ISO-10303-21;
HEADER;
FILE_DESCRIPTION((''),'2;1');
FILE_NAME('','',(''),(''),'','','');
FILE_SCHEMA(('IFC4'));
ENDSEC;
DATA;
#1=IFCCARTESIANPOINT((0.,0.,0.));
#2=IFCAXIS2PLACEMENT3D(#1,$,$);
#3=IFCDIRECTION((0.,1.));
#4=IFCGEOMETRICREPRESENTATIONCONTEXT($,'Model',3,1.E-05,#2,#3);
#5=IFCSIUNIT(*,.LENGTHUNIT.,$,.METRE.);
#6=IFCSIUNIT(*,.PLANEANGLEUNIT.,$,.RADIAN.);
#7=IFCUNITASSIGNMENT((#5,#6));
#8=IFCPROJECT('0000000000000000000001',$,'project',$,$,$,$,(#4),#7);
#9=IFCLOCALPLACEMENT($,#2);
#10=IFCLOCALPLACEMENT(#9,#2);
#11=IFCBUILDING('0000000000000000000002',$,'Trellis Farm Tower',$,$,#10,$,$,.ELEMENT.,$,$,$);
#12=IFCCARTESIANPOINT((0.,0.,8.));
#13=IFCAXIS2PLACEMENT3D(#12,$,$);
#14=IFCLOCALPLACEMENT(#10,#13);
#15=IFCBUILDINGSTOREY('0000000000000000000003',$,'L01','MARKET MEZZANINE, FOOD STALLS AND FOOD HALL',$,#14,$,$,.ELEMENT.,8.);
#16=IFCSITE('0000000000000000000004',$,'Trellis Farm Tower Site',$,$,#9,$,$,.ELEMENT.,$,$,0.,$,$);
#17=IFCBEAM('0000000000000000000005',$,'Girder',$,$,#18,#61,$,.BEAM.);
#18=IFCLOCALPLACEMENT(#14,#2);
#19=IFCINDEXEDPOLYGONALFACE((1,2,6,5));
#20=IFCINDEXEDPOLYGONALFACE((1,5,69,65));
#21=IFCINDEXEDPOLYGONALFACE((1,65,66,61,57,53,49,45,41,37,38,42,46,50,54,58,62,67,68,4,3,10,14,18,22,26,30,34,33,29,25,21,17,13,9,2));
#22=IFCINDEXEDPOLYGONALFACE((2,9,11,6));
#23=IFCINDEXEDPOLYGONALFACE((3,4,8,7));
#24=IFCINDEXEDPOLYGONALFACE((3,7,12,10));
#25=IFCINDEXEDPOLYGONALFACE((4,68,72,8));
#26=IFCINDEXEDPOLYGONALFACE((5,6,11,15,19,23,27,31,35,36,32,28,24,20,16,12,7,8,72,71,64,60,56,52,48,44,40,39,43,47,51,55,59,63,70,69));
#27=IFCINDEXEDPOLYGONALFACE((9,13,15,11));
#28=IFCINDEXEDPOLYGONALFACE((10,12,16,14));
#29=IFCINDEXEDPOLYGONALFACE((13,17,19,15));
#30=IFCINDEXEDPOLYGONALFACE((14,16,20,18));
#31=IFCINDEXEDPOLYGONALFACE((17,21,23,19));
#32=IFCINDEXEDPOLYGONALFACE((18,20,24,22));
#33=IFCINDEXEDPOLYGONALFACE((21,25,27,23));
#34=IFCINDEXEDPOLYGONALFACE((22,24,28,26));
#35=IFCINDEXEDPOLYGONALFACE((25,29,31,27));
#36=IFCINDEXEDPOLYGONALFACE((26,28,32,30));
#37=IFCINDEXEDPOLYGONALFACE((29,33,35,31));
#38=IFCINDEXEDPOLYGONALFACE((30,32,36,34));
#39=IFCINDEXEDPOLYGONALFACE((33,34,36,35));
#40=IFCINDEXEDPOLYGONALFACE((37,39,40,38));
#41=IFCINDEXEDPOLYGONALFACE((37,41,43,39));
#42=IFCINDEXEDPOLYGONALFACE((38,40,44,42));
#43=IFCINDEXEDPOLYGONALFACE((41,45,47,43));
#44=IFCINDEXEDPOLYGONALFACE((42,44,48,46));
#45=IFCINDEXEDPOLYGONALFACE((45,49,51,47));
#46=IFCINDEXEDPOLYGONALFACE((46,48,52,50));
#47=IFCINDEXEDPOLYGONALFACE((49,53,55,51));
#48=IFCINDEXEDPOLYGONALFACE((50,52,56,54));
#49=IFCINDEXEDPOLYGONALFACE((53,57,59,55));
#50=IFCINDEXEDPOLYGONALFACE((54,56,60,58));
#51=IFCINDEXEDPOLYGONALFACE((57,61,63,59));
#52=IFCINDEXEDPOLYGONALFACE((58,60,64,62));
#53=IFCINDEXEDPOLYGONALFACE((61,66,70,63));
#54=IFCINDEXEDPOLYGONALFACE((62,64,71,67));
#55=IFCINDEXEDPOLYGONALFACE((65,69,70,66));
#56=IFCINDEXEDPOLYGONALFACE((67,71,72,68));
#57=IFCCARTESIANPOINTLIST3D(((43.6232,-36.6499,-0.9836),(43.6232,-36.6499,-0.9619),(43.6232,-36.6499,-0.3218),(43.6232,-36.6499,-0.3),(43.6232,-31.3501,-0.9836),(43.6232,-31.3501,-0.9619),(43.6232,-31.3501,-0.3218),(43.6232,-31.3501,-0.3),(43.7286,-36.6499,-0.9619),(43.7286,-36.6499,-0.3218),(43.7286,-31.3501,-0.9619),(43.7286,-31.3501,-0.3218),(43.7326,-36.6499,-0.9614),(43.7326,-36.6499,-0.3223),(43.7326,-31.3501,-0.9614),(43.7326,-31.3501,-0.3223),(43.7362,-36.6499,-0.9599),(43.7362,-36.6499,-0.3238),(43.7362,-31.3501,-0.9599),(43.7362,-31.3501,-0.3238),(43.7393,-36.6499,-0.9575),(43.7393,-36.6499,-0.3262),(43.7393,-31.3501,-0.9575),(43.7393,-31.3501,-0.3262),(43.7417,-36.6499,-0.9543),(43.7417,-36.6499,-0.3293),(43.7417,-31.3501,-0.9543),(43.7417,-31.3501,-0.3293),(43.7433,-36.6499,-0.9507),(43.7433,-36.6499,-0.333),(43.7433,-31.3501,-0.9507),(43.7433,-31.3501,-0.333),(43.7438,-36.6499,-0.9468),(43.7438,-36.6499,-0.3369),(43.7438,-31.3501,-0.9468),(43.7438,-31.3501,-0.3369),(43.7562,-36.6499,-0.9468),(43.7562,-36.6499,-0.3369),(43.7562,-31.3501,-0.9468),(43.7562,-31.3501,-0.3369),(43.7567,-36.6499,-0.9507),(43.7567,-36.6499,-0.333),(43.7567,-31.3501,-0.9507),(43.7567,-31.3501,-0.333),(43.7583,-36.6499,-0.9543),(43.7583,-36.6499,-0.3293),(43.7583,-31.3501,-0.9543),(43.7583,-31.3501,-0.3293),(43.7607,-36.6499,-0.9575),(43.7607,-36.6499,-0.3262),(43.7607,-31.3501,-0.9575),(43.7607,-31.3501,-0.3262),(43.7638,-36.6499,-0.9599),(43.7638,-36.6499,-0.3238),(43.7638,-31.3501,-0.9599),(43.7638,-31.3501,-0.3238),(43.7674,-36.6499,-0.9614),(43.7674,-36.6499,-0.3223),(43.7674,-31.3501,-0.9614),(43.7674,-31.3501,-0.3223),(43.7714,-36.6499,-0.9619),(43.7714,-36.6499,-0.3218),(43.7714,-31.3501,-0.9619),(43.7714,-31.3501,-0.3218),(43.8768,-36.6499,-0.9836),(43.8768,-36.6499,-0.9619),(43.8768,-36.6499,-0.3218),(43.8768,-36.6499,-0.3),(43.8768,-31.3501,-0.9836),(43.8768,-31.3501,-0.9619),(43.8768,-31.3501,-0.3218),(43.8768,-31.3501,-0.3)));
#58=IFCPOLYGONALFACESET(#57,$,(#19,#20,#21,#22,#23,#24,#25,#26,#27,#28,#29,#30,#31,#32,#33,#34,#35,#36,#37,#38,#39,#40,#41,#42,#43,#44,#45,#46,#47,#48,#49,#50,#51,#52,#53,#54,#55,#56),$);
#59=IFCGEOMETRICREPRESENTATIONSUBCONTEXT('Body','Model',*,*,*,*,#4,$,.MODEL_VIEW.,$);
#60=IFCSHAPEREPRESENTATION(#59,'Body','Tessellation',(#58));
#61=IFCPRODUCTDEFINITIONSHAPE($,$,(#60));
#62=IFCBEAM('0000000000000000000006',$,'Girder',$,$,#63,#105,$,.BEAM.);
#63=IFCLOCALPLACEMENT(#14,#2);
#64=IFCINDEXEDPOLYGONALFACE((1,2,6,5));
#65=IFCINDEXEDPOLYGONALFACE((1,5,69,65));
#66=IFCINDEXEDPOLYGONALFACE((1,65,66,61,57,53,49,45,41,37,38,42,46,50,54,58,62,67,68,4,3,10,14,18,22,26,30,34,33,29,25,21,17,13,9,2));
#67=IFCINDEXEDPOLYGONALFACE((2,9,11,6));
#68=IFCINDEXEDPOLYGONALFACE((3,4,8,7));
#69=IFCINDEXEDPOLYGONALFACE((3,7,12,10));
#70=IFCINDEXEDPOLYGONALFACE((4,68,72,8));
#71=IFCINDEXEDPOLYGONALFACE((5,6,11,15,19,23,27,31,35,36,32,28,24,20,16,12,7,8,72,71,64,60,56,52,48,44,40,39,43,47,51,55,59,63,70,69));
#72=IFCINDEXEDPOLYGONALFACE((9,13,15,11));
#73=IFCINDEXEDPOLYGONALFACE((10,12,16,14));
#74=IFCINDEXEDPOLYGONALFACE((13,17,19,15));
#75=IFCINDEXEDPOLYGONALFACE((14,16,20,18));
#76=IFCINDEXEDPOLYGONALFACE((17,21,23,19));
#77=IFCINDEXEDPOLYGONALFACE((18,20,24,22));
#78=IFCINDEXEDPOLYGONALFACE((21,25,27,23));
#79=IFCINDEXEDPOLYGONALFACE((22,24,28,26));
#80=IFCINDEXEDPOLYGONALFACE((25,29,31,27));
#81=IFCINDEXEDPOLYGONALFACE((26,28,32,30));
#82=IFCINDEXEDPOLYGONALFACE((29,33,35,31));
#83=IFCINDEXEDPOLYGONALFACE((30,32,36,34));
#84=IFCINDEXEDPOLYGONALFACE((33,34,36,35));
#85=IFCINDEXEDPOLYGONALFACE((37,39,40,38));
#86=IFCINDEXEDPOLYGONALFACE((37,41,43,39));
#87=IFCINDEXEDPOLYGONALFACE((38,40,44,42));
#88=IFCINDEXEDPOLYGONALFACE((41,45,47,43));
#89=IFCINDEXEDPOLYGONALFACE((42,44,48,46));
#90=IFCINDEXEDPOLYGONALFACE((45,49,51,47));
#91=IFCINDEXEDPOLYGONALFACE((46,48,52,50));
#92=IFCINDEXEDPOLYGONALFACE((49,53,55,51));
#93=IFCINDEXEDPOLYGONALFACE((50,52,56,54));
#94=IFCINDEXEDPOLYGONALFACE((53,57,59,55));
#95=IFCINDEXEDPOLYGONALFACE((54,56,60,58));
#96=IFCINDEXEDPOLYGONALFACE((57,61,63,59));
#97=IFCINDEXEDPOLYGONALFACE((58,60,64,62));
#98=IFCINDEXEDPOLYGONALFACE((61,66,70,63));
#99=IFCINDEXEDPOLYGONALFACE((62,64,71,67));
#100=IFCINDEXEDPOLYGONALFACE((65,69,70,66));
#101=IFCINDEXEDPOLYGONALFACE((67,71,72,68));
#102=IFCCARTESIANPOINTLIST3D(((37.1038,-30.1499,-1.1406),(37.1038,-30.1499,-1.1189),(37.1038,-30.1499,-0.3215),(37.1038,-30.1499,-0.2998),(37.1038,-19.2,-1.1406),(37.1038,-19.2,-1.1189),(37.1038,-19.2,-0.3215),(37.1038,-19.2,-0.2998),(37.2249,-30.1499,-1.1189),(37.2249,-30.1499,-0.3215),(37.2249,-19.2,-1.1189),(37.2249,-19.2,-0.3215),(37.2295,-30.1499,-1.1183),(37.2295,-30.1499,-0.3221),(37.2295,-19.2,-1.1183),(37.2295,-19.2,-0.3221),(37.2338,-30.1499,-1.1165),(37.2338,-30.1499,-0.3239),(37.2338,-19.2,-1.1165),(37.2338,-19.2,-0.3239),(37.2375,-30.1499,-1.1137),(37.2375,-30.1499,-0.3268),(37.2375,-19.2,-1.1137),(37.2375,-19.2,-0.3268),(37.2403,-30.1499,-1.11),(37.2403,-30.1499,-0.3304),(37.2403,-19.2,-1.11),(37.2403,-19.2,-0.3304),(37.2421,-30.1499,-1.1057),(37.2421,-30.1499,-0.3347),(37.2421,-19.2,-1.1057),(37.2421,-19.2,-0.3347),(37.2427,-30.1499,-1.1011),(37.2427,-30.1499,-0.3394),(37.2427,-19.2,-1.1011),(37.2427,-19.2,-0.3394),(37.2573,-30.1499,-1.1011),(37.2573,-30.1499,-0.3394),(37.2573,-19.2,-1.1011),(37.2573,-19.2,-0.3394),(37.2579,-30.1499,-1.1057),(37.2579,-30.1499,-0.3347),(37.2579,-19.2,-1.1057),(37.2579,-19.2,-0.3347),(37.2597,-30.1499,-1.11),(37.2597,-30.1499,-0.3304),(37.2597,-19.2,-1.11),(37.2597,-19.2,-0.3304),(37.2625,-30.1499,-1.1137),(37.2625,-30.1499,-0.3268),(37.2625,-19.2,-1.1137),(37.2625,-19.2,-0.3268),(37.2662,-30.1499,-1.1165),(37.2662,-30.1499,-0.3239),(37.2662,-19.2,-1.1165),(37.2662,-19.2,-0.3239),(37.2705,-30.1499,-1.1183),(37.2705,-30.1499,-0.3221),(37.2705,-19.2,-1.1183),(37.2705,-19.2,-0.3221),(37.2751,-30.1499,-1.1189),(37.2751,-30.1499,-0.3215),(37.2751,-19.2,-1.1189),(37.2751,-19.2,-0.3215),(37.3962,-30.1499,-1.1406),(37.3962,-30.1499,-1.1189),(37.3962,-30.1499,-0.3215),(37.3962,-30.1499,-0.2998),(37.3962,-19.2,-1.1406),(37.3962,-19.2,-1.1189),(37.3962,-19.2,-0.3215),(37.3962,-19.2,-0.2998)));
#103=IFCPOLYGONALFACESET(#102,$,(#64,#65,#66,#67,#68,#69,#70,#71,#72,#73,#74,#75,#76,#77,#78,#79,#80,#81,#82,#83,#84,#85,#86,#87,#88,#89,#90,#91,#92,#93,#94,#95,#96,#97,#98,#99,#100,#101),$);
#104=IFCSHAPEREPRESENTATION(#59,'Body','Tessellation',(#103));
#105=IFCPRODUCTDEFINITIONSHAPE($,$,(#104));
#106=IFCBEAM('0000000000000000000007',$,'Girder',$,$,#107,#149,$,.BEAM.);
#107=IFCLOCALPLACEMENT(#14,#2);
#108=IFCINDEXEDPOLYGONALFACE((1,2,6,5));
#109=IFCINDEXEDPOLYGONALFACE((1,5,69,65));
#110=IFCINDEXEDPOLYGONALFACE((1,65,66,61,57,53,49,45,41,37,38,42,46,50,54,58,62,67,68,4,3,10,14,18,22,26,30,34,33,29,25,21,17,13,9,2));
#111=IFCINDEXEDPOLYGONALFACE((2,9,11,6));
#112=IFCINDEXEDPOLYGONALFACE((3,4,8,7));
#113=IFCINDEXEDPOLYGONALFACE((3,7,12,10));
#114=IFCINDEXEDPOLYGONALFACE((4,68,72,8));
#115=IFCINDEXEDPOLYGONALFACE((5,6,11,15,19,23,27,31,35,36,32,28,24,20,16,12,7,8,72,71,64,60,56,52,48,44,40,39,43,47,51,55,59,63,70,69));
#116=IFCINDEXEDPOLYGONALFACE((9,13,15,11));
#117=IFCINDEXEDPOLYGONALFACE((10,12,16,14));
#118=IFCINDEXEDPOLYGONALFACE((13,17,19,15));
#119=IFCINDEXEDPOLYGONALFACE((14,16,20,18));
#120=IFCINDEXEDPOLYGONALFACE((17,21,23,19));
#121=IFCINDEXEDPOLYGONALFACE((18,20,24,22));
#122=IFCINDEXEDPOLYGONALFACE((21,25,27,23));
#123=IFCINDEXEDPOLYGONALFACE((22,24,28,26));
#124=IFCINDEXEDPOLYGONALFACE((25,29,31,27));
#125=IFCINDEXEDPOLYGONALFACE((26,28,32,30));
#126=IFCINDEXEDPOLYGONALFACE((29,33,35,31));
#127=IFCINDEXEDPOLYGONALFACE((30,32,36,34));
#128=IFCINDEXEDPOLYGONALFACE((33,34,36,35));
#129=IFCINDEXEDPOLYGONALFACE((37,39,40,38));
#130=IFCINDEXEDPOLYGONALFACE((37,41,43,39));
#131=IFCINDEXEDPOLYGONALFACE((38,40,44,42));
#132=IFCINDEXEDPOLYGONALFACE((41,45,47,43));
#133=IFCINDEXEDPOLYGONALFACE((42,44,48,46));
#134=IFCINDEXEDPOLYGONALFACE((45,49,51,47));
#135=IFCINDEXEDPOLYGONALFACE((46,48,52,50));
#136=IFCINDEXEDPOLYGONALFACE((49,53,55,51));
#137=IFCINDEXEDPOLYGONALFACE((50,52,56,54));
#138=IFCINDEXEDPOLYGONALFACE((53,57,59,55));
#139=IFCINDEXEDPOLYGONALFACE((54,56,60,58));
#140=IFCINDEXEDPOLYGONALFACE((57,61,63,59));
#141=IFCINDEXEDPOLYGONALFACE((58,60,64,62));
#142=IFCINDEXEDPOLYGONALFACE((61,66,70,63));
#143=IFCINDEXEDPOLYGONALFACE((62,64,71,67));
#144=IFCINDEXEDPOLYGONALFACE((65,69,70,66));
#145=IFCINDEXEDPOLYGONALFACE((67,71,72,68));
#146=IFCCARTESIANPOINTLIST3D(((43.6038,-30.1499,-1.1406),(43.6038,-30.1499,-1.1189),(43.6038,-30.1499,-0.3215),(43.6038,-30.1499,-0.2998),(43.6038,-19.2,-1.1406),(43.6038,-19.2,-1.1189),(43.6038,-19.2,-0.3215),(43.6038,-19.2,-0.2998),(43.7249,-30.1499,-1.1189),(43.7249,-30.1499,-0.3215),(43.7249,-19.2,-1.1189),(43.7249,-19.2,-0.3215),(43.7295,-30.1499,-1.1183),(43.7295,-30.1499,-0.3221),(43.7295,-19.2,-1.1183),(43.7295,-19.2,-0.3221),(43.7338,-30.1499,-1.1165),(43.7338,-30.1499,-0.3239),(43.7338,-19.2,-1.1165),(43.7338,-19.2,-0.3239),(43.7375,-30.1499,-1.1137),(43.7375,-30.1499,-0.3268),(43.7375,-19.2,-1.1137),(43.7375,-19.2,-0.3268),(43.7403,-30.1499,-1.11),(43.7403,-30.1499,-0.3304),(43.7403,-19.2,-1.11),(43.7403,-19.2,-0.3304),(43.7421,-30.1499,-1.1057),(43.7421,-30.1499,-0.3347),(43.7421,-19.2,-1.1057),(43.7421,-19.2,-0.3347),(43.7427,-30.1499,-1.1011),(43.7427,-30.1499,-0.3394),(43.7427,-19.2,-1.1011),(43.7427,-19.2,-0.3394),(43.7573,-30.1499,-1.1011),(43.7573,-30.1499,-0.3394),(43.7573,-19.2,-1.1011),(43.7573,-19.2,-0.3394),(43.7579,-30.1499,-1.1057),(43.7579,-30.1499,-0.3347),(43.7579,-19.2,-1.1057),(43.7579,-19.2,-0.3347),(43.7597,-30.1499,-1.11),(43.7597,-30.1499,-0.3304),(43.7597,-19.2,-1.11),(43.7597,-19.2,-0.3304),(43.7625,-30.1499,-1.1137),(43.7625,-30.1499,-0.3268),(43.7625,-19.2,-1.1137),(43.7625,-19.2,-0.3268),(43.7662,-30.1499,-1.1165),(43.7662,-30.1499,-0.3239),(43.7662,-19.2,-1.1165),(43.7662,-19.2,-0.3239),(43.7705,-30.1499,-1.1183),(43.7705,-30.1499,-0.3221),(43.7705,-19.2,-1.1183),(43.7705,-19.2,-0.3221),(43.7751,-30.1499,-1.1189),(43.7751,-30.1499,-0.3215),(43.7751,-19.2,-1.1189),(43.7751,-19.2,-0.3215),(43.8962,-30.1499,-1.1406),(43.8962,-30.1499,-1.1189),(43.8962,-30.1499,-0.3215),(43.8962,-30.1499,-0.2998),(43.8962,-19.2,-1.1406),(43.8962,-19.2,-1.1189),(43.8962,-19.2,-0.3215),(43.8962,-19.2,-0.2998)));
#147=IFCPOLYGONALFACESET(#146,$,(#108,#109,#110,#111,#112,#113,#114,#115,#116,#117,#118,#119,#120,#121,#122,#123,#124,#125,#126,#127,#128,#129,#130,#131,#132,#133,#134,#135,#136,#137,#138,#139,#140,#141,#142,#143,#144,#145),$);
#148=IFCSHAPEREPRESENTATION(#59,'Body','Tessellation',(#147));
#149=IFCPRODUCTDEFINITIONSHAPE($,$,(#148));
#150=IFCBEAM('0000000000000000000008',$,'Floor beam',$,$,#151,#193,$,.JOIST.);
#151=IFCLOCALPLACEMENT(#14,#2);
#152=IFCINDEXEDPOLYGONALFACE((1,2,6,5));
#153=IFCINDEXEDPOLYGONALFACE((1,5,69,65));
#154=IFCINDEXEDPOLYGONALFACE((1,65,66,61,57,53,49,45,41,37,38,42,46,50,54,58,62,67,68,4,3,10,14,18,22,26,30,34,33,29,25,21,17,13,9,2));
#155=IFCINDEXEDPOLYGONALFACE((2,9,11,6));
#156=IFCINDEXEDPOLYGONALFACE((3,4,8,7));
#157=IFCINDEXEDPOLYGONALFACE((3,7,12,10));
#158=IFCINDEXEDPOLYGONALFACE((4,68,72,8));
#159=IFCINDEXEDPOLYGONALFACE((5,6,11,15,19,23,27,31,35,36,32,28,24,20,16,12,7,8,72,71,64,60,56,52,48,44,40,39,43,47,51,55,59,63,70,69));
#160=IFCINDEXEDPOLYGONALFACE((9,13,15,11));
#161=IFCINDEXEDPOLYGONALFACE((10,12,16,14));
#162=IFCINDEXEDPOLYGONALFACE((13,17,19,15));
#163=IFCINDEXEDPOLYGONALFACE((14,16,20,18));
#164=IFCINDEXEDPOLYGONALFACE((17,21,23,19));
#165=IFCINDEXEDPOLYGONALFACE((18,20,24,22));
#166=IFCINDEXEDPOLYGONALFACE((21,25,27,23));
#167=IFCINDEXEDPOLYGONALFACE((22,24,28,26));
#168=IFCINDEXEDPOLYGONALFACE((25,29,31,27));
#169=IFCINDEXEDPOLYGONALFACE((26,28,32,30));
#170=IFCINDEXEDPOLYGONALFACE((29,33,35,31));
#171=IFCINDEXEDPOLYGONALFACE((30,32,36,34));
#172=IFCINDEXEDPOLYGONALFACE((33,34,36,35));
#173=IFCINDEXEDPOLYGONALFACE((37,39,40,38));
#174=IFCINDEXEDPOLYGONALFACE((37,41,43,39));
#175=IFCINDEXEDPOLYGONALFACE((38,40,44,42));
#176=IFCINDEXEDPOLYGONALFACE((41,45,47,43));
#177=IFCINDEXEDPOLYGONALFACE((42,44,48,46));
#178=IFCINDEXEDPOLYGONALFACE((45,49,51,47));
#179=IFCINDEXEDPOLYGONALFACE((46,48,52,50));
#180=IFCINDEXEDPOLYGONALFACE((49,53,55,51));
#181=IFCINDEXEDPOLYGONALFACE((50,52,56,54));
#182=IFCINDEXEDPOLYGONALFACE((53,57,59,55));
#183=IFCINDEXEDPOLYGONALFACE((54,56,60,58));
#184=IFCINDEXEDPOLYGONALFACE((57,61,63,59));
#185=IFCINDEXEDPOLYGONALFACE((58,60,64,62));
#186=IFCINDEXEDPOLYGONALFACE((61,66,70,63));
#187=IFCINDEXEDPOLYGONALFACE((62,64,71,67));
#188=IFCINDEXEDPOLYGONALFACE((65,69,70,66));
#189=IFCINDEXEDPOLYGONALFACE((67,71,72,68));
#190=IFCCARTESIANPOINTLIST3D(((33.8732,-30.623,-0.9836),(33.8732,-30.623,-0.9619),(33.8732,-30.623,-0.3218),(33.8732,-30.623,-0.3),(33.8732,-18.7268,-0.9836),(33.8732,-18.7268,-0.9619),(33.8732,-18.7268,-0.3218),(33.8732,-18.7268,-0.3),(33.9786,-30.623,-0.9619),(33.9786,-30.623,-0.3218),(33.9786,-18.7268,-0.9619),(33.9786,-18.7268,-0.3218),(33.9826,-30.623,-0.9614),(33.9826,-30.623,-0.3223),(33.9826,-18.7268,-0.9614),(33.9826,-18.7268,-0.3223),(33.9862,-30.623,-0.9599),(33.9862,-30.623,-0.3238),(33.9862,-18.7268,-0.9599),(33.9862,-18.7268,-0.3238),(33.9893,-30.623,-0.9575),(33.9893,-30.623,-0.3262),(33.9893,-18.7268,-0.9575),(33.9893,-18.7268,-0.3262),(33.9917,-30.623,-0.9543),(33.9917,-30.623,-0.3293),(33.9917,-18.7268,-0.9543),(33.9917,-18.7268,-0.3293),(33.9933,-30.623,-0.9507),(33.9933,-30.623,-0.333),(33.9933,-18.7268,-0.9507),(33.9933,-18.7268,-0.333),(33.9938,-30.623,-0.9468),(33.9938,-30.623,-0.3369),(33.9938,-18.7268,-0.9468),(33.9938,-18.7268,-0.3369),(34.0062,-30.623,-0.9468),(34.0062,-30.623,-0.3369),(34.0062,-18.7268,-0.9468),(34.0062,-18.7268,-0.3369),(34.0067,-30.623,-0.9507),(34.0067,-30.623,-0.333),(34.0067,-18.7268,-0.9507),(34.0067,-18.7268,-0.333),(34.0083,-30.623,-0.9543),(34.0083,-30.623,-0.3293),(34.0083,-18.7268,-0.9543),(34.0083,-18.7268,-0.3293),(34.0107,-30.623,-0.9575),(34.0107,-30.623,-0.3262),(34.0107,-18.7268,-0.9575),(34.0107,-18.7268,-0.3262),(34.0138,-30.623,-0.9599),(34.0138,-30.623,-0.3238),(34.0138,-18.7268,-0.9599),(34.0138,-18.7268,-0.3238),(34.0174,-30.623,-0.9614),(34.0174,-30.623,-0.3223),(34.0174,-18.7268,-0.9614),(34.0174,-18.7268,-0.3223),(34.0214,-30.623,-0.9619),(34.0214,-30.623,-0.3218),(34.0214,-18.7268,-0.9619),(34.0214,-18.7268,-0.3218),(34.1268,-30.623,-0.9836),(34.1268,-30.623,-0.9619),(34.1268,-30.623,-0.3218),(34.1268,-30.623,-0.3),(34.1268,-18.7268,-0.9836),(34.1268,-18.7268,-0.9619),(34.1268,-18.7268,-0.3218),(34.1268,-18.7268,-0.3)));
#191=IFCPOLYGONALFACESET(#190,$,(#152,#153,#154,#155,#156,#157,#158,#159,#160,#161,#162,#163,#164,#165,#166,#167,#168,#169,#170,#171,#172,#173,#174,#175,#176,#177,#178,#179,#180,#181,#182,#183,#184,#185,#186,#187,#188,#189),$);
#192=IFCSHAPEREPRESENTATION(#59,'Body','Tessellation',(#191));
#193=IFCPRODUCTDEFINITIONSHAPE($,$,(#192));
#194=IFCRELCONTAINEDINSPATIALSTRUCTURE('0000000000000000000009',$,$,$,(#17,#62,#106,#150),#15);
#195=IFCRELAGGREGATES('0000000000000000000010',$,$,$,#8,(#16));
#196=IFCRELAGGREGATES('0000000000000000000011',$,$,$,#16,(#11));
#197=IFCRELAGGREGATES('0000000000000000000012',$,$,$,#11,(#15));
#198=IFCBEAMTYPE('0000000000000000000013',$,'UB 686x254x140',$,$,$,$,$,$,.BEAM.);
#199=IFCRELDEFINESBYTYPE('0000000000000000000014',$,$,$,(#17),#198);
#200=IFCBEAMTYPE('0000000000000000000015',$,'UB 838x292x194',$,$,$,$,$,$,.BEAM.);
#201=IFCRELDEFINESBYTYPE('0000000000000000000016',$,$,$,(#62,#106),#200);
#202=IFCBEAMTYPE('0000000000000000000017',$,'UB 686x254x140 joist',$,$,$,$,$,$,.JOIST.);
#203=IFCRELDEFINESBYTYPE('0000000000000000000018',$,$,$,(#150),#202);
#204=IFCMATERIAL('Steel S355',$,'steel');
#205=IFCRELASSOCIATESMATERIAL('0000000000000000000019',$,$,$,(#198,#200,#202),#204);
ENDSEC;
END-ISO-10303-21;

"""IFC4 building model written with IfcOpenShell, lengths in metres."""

from ifc_helpers import new_model, si_unit, direction, frame, origin, origin_2d, place, context, subcontext, project, spatial, i_section, extrude, source, transform, mapped, material, material_profile, profile_set, type_object, element, save


model = new_model("IFC4")

# Units and contexts
model_context = context("Model", 3, precision=1e-05, world=origin(), true_north=direction((0.0, 1.0)))
body_context = subcontext(model_context, "Body", "Model", "MODEL_VIEW")
ifc_project = project(units=[si_unit("LENGTHUNIT", "METRE"), si_unit("PLANEANGLEUNIT", "RADIAN")], contexts=[model_context])

# Site, building, storey
site_placement = place(None, origin())
site = spatial("IfcSite", under=ifc_project, at=site_placement, Name="Trellis Farm Tower Site", CompositionType="ELEMENT", RefElevation=0.0)
building_placement = place(site_placement, origin())
building = spatial("IfcBuilding", under=site, at=building_placement, Name="Trellis Farm Tower", CompositionType="ELEMENT")
storey_placement = place(building_placement, frame((0.0, 0.0, 8.0)))
storey = spatial("IfcBuildingStorey", under=building, at=storey_placement, Name="L01", Description="MARKET MEZZANINE, FOOD STALLS AND FOOD HALL", CompositionType="ELEMENT", Elevation=8.0)

# Beams
ifc_material_1 = material(Name="Steel S355", Category="steel")
ifc_material_profile_1 = material_profile(ifc_material_1, i_section(OverallWidth=0.2537, OverallDepth=0.6836, WebThickness=0.0125, FlangeThickness=0.0217, FilletRadius=0.0151, at=origin_2d()), Name="UB 686x254x140")
ifc_profile_set_1 = profile_set([ifc_material_profile_1], Name="Steel S355")
beam_type_1 = type_object("IfcBeamType", Name="UB 686x254x140", PredefinedType="BEAM", material=ifc_profile_set_1)
shared_shape_1 = source(origin(), body_context, "Body", "SweptSolid", [
    extrude(i_section(OverallWidth=0.2537, OverallDepth=0.6836, WebThickness=0.0125, FlangeThickness=0.0217, FilletRadius=0.0151, at=origin_2d()), origin(), (0.0, 0.0, 1.0), 5.2998),
])
for number, where, z_axis, x_axis, name in (
    (1, (43.75, -36.6499, -0.6418), (0.0, 1.0, 0.0), (-1.0, 0.0, 0.0), "Girder"),
):
    element("IfcBeam", number, at=place(storey_placement, frame(where, z_axis=z_axis, x_axis=x_axis)), inside=storey, type_object=beam_type_1, Name=name, PredefinedType="BEAM", context=body_context, shape_type="MappedRepresentation", body=[
        mapped(shared_shape_1, transform((0.0, 0.0, 0.0))),
    ])
ifc_material_profile_2 = material_profile(ifc_material_1, i_section(OverallWidth=0.2925, OverallDepth=0.8408, WebThickness=0.0146, FlangeThickness=0.0217, FilletRadius=0.0178, at=origin_2d()), Name="UB 838x292x194")
ifc_profile_set_2 = profile_set([ifc_material_profile_2], Name="Steel S355")
beam_type_2 = type_object("IfcBeamType", Name="UB 838x292x194", PredefinedType="BEAM", material=ifc_profile_set_2)
shared_shape_2 = source(origin(), body_context, "Body", "SweptSolid", [
    extrude(i_section(OverallWidth=0.2925, OverallDepth=0.8408, WebThickness=0.0146, FlangeThickness=0.0217, FilletRadius=0.0178, at=origin_2d()), origin(), (0.0, 0.0, 1.0), 10.95),
])
for number, where, z_axis, x_axis, name in (
    (2, (37.25, -30.1499, -0.7202), (0.0, 1.0, 0.0), (-1.0, 0.0, 0.0), "Girder"),
    (3, (43.75, -30.1499, -0.7202), (0.0, 1.0, 0.0), (-1.0, 0.0, 0.0), "Girder"),
):
    element("IfcBeam", number, at=place(storey_placement, frame(where, z_axis=z_axis, x_axis=x_axis)), inside=storey, type_object=beam_type_2, Name=name, PredefinedType="BEAM", context=body_context, shape_type="MappedRepresentation", body=[
        mapped(shared_shape_2, transform((0.0, 0.0, 0.0))),
    ])
ifc_material_profile_3 = material_profile(ifc_material_1, i_section(OverallWidth=0.2537, OverallDepth=0.6836, WebThickness=0.0125, FlangeThickness=0.0217, FilletRadius=0.0151, at=origin_2d()), Name="UB 686x254x140")
ifc_profile_set_3 = profile_set([ifc_material_profile_3], Name="Steel S355")
beam_type_3 = type_object("IfcBeamType", Name="UB 686x254x140 joist", PredefinedType="JOIST", material=ifc_profile_set_3)
shared_shape_3 = source(origin(), body_context, "Body", "SweptSolid", [
    extrude(i_section(OverallWidth=0.2537, OverallDepth=0.6836, WebThickness=0.0125, FlangeThickness=0.0217, FilletRadius=0.0151, at=origin_2d()), origin(), (0.0, 0.0, 1.0), 11.8962),
])
for number, where, z_axis, x_axis, name in (
    (4, (34.0, -30.623, -0.6418), (0.0, 1.0, 0.0), (-1.0, 0.0, 0.0), "Floor beam"),
):
    element("IfcBeam", number, at=place(storey_placement, frame(where, z_axis=z_axis, x_axis=x_axis)), inside=storey, type_object=beam_type_3, Name=name, PredefinedType="JOIST", context=body_context, shape_type="MappedRepresentation", body=[
        mapped(shared_shape_3, transform((0.0, 0.0, 0.0))),
    ])

save(model, "model.ifc")
